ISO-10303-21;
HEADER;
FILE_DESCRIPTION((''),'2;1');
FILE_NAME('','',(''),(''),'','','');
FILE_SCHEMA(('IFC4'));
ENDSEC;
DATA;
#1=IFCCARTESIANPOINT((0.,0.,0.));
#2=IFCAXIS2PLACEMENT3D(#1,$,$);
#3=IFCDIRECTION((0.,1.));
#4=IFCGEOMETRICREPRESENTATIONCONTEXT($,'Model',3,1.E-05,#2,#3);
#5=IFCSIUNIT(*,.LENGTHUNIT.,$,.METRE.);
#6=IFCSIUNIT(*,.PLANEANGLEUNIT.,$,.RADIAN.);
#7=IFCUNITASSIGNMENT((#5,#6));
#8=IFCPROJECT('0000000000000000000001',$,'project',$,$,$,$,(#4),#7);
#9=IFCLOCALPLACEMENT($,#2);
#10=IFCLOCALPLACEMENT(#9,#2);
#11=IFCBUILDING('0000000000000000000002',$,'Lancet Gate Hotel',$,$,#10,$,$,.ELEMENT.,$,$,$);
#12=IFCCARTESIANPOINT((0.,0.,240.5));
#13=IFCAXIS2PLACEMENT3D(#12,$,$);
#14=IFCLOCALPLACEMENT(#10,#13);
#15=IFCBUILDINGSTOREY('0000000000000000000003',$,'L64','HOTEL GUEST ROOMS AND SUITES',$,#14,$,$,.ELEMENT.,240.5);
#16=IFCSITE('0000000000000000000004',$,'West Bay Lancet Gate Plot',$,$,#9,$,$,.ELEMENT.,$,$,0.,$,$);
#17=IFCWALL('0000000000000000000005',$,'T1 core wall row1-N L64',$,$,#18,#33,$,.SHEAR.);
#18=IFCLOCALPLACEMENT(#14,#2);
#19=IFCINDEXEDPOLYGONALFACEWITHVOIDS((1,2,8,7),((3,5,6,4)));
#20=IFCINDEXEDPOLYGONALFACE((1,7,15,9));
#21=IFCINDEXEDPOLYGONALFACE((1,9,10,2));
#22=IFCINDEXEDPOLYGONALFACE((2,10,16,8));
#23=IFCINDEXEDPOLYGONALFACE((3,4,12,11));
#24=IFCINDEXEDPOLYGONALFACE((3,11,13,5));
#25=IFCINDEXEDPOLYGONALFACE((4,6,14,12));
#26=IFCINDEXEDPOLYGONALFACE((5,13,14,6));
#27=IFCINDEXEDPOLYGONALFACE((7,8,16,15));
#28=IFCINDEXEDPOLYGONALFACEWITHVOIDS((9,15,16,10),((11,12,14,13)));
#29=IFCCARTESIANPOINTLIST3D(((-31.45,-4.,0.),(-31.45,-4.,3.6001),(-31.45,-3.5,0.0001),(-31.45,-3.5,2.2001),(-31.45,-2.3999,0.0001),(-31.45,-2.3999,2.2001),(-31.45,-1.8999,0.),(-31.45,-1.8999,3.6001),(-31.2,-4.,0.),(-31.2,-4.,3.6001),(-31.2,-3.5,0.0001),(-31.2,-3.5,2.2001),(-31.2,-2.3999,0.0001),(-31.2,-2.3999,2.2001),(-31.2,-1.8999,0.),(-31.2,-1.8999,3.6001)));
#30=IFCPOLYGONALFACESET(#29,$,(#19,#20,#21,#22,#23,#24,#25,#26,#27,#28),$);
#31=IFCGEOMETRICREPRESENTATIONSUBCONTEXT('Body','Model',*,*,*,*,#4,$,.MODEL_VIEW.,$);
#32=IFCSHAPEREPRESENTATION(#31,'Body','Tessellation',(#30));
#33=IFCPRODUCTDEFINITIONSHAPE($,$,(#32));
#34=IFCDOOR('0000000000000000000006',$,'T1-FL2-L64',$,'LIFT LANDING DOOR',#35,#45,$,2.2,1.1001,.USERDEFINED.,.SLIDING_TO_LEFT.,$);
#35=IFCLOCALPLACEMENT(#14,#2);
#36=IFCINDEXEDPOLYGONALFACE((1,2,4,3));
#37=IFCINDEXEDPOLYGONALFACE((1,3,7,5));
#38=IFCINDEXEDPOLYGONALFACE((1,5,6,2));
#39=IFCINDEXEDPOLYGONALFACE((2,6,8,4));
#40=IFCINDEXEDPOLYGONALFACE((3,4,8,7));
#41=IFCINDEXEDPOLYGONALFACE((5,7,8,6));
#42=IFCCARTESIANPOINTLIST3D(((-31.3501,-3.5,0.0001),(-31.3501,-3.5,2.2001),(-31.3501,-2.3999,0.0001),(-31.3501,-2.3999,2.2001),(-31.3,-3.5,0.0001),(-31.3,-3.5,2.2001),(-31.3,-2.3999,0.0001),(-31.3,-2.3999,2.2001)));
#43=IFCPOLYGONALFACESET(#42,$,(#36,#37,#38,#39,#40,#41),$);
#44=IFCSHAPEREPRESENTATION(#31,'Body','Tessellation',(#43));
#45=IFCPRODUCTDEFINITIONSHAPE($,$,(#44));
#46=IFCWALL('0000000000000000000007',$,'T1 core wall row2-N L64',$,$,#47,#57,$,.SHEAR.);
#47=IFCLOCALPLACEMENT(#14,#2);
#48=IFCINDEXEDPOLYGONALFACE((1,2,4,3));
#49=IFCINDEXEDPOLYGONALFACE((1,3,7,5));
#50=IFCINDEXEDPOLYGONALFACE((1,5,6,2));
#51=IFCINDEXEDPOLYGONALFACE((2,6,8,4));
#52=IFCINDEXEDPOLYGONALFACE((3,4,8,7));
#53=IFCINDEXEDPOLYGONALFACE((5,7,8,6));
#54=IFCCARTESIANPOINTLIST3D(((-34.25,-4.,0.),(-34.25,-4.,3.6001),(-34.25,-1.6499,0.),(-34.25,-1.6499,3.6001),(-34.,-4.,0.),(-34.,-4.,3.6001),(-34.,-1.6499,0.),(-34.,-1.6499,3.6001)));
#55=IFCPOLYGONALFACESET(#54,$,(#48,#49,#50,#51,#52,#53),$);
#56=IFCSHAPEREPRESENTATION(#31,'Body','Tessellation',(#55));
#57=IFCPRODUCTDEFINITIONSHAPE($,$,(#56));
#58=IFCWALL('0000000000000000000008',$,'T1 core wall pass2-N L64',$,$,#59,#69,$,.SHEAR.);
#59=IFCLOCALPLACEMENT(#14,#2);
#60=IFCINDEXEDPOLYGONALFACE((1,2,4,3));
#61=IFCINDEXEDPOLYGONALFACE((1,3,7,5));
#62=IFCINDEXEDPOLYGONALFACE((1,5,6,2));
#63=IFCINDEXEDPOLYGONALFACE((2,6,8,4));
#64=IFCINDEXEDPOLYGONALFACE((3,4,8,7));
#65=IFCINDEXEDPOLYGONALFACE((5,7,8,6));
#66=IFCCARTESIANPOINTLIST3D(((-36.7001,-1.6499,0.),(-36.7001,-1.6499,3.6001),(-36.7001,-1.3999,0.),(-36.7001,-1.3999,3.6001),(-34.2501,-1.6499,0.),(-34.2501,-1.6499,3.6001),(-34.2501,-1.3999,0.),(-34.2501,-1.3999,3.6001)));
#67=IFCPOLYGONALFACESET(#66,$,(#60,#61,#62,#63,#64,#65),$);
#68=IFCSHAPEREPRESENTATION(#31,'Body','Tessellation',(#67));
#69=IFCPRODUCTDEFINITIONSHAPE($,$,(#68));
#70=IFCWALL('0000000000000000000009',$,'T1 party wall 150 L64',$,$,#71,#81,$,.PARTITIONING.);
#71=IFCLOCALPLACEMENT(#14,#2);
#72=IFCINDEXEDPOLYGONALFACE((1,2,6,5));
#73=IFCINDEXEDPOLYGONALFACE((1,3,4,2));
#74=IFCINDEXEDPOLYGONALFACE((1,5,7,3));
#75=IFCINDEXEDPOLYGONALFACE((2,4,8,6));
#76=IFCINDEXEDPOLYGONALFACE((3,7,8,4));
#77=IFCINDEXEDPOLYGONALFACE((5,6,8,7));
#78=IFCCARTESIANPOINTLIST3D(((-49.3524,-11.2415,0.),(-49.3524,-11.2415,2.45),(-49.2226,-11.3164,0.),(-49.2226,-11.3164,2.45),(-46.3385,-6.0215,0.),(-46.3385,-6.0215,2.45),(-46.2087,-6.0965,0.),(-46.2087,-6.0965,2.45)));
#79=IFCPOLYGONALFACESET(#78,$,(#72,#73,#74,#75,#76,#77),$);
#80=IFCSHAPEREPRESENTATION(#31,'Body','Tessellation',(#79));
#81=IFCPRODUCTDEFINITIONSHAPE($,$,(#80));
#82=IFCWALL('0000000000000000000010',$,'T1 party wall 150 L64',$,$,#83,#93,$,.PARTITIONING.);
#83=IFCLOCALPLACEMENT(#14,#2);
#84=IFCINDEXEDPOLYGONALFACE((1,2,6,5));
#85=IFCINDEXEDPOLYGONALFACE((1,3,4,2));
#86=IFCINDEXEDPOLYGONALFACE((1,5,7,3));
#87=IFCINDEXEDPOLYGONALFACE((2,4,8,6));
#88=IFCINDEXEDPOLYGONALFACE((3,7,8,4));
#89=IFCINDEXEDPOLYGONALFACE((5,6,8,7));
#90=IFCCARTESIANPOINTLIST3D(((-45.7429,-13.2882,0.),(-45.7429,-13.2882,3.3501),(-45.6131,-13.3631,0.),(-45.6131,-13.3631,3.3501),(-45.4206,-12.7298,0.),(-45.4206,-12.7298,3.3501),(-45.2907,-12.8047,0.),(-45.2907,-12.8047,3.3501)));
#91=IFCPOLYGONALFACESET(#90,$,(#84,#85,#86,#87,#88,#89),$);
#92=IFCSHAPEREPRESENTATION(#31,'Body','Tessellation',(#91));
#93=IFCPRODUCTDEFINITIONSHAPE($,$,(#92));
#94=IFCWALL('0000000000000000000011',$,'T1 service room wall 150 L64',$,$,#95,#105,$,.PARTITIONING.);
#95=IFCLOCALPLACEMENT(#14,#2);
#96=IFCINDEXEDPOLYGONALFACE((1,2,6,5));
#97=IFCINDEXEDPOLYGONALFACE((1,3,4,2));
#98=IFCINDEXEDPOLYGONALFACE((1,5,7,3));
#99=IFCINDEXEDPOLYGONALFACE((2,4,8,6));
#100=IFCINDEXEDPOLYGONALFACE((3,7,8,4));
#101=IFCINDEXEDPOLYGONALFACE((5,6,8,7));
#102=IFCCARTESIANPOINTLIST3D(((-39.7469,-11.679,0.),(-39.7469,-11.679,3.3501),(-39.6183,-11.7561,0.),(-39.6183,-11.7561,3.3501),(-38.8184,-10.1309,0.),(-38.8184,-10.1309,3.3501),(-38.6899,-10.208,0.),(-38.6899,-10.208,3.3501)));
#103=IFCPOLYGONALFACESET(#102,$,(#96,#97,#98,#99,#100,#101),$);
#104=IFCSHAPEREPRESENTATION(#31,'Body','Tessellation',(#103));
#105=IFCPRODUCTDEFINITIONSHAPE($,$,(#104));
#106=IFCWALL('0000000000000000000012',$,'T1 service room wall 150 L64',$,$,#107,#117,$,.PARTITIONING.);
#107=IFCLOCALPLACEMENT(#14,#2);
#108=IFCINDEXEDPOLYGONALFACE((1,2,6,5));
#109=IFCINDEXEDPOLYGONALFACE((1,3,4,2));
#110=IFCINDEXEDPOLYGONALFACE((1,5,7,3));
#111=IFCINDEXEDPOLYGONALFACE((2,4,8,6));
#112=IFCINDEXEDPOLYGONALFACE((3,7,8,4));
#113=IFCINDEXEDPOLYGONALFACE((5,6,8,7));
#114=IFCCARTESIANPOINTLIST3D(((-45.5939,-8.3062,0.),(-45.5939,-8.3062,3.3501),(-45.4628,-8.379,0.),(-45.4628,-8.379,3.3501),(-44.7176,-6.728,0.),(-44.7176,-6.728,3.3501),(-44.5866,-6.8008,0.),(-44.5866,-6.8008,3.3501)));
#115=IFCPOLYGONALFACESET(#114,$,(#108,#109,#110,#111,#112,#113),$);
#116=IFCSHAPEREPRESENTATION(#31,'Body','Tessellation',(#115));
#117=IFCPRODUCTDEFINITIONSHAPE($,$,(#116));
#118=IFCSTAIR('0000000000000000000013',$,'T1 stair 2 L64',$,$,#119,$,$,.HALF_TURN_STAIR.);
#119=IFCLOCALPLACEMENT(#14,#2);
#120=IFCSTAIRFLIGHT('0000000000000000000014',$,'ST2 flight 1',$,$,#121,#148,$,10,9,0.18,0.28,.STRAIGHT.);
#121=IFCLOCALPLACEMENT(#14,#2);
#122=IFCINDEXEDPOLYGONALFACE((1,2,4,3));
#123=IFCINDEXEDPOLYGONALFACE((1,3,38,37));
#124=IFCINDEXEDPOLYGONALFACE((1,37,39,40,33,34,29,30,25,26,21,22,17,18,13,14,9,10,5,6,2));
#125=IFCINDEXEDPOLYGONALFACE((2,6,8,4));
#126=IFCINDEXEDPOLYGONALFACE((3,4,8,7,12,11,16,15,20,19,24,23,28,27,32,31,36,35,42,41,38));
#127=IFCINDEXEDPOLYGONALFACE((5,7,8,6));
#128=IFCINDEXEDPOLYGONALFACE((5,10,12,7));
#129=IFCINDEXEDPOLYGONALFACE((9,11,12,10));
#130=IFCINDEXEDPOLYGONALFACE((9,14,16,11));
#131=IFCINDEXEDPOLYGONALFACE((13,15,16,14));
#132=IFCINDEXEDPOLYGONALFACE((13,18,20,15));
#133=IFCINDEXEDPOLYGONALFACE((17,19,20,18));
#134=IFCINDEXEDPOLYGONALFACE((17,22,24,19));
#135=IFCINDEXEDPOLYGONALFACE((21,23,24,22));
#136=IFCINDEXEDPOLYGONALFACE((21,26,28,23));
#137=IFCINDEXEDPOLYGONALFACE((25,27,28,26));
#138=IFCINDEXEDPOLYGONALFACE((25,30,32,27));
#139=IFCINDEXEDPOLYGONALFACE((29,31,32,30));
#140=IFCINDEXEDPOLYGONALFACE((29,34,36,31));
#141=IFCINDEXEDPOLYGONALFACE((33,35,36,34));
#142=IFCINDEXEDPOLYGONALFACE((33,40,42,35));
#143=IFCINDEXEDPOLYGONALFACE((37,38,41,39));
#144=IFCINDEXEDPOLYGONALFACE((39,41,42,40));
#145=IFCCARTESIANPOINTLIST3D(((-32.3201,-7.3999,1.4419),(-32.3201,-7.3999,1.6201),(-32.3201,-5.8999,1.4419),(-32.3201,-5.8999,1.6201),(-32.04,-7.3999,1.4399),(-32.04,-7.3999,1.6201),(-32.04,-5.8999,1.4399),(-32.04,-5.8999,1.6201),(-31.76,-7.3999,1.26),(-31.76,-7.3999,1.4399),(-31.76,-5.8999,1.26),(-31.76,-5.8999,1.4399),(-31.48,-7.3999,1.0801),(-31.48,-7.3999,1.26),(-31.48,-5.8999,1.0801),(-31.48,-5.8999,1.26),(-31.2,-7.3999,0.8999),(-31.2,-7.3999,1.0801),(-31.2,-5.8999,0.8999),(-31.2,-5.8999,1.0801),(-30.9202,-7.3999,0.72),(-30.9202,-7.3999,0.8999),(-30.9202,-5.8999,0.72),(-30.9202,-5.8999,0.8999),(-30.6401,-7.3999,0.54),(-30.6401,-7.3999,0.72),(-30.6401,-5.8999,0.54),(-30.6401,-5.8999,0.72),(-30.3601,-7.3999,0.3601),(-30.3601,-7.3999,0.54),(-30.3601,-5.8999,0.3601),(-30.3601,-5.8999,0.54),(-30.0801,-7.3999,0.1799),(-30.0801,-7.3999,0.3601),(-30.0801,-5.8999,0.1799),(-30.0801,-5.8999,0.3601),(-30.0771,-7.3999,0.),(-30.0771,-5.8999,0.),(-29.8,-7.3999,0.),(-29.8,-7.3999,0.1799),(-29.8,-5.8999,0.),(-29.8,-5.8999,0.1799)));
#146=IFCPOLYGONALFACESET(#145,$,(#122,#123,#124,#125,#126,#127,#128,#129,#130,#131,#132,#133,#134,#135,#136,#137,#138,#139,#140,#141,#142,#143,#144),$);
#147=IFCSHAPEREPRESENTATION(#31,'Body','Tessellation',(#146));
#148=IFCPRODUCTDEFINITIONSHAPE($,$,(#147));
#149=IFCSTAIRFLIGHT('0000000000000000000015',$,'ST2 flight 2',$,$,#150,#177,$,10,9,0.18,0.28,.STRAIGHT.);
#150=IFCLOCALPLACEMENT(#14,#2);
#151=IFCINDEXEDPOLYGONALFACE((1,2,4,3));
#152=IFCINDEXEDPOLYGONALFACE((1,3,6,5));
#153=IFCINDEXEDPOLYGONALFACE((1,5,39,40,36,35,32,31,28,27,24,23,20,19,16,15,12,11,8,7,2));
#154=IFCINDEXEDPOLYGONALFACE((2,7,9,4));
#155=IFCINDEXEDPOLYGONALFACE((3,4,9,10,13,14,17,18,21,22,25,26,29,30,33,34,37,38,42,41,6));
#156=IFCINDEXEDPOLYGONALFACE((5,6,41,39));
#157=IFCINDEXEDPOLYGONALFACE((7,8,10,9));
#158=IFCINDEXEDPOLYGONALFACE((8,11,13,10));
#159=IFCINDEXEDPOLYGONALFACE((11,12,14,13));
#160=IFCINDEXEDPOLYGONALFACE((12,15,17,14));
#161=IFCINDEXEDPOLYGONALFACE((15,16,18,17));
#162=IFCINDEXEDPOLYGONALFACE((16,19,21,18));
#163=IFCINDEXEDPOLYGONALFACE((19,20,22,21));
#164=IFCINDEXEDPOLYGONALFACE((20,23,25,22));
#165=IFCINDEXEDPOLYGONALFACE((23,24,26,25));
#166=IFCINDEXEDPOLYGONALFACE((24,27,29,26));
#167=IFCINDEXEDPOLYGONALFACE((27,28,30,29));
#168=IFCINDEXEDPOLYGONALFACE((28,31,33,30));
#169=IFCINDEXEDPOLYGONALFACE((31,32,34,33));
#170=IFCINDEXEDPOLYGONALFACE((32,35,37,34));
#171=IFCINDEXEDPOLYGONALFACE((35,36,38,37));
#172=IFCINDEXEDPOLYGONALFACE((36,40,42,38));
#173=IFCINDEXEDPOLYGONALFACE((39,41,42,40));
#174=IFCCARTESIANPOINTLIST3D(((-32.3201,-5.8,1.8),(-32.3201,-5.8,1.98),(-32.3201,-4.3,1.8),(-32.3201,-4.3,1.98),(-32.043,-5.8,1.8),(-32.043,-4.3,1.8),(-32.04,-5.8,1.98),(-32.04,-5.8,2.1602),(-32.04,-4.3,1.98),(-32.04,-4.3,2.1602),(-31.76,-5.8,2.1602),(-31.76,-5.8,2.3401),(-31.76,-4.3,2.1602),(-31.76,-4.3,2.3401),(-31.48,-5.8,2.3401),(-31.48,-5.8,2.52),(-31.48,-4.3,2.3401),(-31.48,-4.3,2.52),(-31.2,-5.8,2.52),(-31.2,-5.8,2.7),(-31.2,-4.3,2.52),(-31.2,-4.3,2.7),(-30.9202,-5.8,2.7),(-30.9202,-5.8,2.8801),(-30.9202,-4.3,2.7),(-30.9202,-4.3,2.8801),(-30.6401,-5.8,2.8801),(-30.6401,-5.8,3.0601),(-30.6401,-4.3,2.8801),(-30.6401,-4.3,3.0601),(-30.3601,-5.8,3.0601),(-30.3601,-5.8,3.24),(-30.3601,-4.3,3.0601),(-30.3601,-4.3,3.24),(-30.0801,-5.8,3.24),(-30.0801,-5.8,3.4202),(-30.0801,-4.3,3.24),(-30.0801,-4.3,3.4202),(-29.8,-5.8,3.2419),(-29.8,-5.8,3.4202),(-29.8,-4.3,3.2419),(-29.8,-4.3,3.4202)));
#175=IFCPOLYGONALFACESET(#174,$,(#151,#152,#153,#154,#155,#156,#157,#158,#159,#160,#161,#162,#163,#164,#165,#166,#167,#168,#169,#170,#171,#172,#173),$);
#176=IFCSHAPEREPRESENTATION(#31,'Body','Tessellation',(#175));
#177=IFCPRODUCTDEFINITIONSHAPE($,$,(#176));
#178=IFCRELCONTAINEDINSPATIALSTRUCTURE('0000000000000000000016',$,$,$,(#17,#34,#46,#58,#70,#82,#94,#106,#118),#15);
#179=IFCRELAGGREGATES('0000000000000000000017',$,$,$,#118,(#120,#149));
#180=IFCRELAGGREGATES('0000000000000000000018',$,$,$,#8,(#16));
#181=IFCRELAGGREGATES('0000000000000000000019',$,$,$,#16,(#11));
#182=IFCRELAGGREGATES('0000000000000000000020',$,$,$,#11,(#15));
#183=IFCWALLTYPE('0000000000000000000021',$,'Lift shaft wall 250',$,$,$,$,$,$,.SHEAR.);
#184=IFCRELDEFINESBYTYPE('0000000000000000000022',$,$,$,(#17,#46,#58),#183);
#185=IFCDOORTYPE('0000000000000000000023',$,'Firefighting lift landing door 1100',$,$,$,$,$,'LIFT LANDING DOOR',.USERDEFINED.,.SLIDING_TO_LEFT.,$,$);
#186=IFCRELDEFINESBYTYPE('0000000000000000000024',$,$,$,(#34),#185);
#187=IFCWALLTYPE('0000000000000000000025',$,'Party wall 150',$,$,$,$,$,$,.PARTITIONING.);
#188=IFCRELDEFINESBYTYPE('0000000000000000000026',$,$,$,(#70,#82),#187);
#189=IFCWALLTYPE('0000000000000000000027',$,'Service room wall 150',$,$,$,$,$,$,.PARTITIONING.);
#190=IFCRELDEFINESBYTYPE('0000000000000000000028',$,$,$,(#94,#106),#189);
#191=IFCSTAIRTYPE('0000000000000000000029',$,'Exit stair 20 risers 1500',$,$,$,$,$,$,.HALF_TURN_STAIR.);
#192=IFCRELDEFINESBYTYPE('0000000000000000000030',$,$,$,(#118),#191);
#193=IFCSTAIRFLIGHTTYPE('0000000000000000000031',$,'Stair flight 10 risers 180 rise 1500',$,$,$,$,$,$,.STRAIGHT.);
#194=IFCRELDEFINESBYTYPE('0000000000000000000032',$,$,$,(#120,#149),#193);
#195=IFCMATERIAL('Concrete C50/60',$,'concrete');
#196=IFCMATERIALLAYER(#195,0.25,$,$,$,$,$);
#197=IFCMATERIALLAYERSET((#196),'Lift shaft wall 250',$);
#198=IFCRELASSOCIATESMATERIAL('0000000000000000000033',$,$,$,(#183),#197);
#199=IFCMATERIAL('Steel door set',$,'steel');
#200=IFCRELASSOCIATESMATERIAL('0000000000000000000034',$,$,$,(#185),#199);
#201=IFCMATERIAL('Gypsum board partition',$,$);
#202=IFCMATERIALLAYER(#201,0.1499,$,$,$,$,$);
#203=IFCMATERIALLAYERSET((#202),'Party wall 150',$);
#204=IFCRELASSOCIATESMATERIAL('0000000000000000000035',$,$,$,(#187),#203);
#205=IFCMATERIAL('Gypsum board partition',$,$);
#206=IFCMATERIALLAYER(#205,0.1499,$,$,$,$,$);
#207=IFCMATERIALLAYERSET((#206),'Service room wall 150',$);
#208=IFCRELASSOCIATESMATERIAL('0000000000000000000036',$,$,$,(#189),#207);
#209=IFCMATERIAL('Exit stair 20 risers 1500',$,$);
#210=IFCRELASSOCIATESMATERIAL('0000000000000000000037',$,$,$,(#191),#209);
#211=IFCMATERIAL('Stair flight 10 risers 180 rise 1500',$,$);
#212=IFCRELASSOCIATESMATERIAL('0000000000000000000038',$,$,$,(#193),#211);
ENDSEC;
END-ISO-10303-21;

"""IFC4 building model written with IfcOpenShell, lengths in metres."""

from ifc_helpers import new_model, si_unit, direction, frame, frame_2d, origin, place, context, subcontext, project, spatial, polyline, rectangle, outline, extrude, material, layer, layer_set, type_object, element, fill, aggregate, save


model = new_model("IFC4")

# Units and contexts
model_context = context("Model", 3, precision=1e-05, world=origin(), true_north=direction((0.0, 1.0)))
body_context = subcontext(model_context, "Body", "Model", "MODEL_VIEW")
ifc_project = project(units=[si_unit("LENGTHUNIT", "METRE"), si_unit("PLANEANGLEUNIT", "RADIAN")], contexts=[model_context])

# Site, building, storey
site_placement = place(None, origin())
site = spatial("IfcSite", under=ifc_project, at=site_placement, Name="West Bay Lancet Gate Plot", CompositionType="ELEMENT", RefElevation=0.0)
building_placement = place(site_placement, origin())
building = spatial("IfcBuilding", under=site, at=building_placement, Name="Lancet Gate Hotel", CompositionType="ELEMENT")
storey_placement = place(building_placement, frame((0.0, 0.0, 240.5)))
storey = spatial("IfcBuildingStorey", under=building, at=storey_placement, Name="L64", Description="HOTEL GUEST ROOMS AND SUITES", CompositionType="ELEMENT", Elevation=240.5)

# Wall, opening, door
ifc_material_1 = material(Name="Concrete C50/60", Category="concrete")
ifc_layer_1 = layer(ifc_material_1, 0.25)
ifc_layer_set_1 = layer_set([ifc_layer_1], Name="Lift shaft wall 250")
wall_type_1 = type_object("IfcWallType", Name="Lift shaft wall 250", PredefinedType="SHEAR", material=ifc_layer_set_1)
wall_1_placement = place(storey_placement, frame((-31.325, -1.8999, 0.0), z_axis=(0.0, 0.0, 1.0), x_axis=(0.0, -1.0, 0.0)))
wall_1 = element("IfcWall", 1, at=wall_1_placement, inside=storey, type_object=wall_type_1, Name="T1 core wall row1-N L64", PredefinedType="SHEAR", context=body_context, shape_type="SweptSolid", body=[
    extrude(rectangle(XDim=2.1001, YDim=0.25, at=frame_2d((1.05, 0.0))), origin(), (0.0, 0.0, 1.0), 3.6001),
])
opening_1_placement = place(wall_1_placement, frame((0.5, 0.0, 0.0)))
opening_1 = element("IfcOpeningElement", 2, at=opening_1_placement, cuts=wall_1, PredefinedType="OPENING", context=body_context, shape_type="SweptSolid", body=[
    extrude(rectangle(XDim=1.1001, YDim=2.2, at=frame_2d((0.55, 1.1001))), frame((0.0, 0.135, 0.0), z_axis=(0.0, -1.0, 0.0), x_axis=(1.0, 0.0, 0.0)), (0.0, 0.0, 1.0), 0.27),
])
ifc_material_2 = material(Name="Steel door set", Category="steel")
door_type_1 = type_object("IfcDoorType", Name="Firefighting lift landing door 1100", ElementType="LIFT LANDING DOOR", OperationType="SLIDING_TO_LEFT", PredefinedType="USERDEFINED", material=ifc_material_2)
door_1_placement = place(opening_1_placement, origin())
door_1 = element("IfcDoor", 3, at=door_1_placement, inside=storey, type_object=door_type_1, Name="T1-FL2-L64", ObjectType="LIFT LANDING DOOR", OperationType="SLIDING_TO_LEFT", OverallHeight=2.2, OverallWidth=1.1001, PredefinedType="USERDEFINED", context=body_context, shape_type="SweptSolid", body=[
    extrude(rectangle(XDim=1.1001, YDim=2.2, at=frame_2d((0.55, 1.1001))), frame((0.0, 0.0249, 0.0), z_axis=(0.0, -1.0, 0.0), x_axis=(1.0, 0.0, 0.0)), (0.0, 0.0, 1.0), 0.05),
])
fill(opening_1, door_1)

# Walls
wall_2_placement = place(storey_placement, frame((-34.125, -1.6499, 0.0), z_axis=(0.0, 0.0, 1.0), x_axis=(0.0, -1.0, 0.0)))
element("IfcWall", 4, at=wall_2_placement, inside=storey, type_object=wall_type_1, Name="T1 core wall row2-N L64", PredefinedType="SHEAR", context=body_context, shape_type="SweptSolid", body=[
    extrude(rectangle(XDim=2.3501, YDim=0.25, at=frame_2d((1.175, 0.0))), origin(), (0.0, 0.0, 1.0), 3.6001),
])
wall_3_placement = place(storey_placement, frame((-34.25, -1.5249, 0.0), z_axis=(0.0, 0.0, 1.0), x_axis=(-1.0, 0.0, 0.0)))
element("IfcWall", 5, at=wall_3_placement, inside=storey, type_object=wall_type_1, Name="T1 core wall pass2-N L64", PredefinedType="SHEAR", context=body_context, shape_type="SweptSolid", body=[
    extrude(rectangle(XDim=2.45, YDim=0.25, at=frame_2d((1.2251, 0.0))), origin(), (0.0, 0.0, 1.0), 3.6001),
])
ifc_material_3 = material(Name="Gypsum board partition")
ifc_layer_2 = layer(ifc_material_3, 0.1499)
ifc_layer_set_2 = layer_set([ifc_layer_2], Name="Party wall 150")
wall_type_2 = type_object("IfcWallType", Name="Party wall 150", PredefinedType="PARTITIONING", material=ifc_layer_set_2)
wall_4_placement = place(storey_placement, frame((-46.2737, -6.0591, 0.0), z_axis=(0.0, 0.0, 1.0), x_axis=(-0.50002, -0.866014, 0.0)))
element("IfcWall", 6, at=wall_4_placement, inside=storey, type_object=wall_type_2, Name="T1 party wall 150 L64", PredefinedType="PARTITIONING", context=body_context, shape_type="SweptSolid", body=[
    extrude(rectangle(XDim=6.0276, YDim=0.1499, at=frame_2d((3.0137, 0.0))), origin(), (0.0, 0.0, 1.0), 2.45),
])
wall_5_placement = place(storey_placement, frame((-45.3557, -12.7673, 0.0), z_axis=(0.0, 0.0, 1.0), x_axis=(-0.499886, -0.866091, 0.0)))
element("IfcWall", 7, at=wall_5_placement, inside=storey, type_object=wall_type_2, Name="T1 party wall 150 L64", PredefinedType="PARTITIONING", context=body_context, shape_type="SweptSolid", body=[
    extrude(rectangle(XDim=0.6448, YDim=0.1499, at=frame_2d((0.3223, 0.0))), origin(), (0.0, 0.0, 1.0), 3.3501),
])
ifc_material_4 = material(Name="Gypsum board partition")
ifc_layer_3 = layer(ifc_material_4, 0.1499)
ifc_layer_set_3 = layer_set([ifc_layer_3], Name="Service room wall 150")
wall_type_3 = type_object("IfcWallType", Name="Service room wall 150", PredefinedType="PARTITIONING", material=ifc_layer_set_3)
for number, where, z_axis, x_axis, name in (
    (8, (-39.6826, -11.7175, 0.0), (0.0, 0.0, 1.0), (0.514337, 0.857588, 0.0), "T1 service room wall 150 L64"),
    (9, (-44.6521, -6.7644, 0.0), (0.0, 0.0, 1.0), (-0.485425, -0.874278, 0.0), "T1 service room wall 150 L64"),
):
    element("IfcWall", number, at=place(storey_placement, frame(where, z_axis=z_axis, x_axis=x_axis)), inside=storey, type_object=wall_type_3, Name=name, PredefinedType="PARTITIONING", context=body_context, shape_type="SweptSolid", body=[
        extrude(rectangle(XDim=1.8052, YDim=0.1499, at=frame_2d((0.9026, 0.0))), origin(), (0.0, 0.0, 1.0), 3.3501),
    ])

# Stair, stair flights
ifc_material_5 = material(Name="Exit stair 20 risers 1500")
stair_type = type_object("IfcStairType", Name="Exit stair 20 risers 1500", PredefinedType="HALF_TURN_STAIR", material=ifc_material_5)
stair_placement = place(storey_placement, origin())
stair = element("IfcStair", 10, at=stair_placement, inside=storey, type_object=stair_type, Name="T1 stair 2 L64", PredefinedType="HALF_TURN_STAIR")
ifc_material_6 = material(Name="Stair flight 10 risers 180 rise 1500")
stair_flight_type = type_object("IfcStairFlightType", Name="Stair flight 10 risers 180 rise 1500", PredefinedType="STRAIGHT", material=ifc_material_6)
stair_flight_1_placement = place(storey_placement, frame((-29.8, -6.6499, 0.0), z_axis=(0.0, 0.0, 1.0), x_axis=(-1.0, 0.0, 0.0)))
stair_flight_1 = element("IfcStairFlight", 11, at=stair_flight_1_placement, type_object=stair_flight_type, Name="ST2 flight 1", NumberOfRisers=10, NumberOfTreads=9, PredefinedType="STRAIGHT", RiserHeight=0.18, TreadLength=0.28, context=body_context, shape_type="SweptSolid", body=[
    extrude(outline(polyline([(0.0, 0.0), (0.0, 0.1799), (0.28, 0.1799), (0.28, 0.3601), (0.5601, 0.3601), (0.5601, 0.54), (0.8401, 0.54), (0.8401, 0.72), (1.1201, 0.72), (1.1201, 0.8999), (1.3999, 0.8999), (1.3999, 1.0801), (1.6799, 1.0801), (1.6799, 1.26), (1.96, 1.26), (1.96, 1.4399), (2.24, 1.4399), (2.24, 1.6201), (2.52, 1.6201), (2.52, 1.8), (2.52, 1.4419), (0.2771, 0.0), (0.0, 0.0)])), frame((0.0, 0.75, 0.0), z_axis=(0.0, -1.0, 0.0), x_axis=(1.0, 0.0, 0.0)), (0.0, 0.0, 1.0), 1.5),
])
stair_flight_2_placement = place(storey_placement, frame((-32.3201, -5.05, 1.8), z_axis=(0.0, 0.0, 1.0), x_axis=(1.0, 0.0, 0.0)))
stair_flight_2 = element("IfcStairFlight", 12, at=stair_flight_2_placement, type_object=stair_flight_type, Name="ST2 flight 2", NumberOfRisers=10, NumberOfTreads=9, PredefinedType="STRAIGHT", RiserHeight=0.18, TreadLength=0.28, context=body_context, shape_type="SweptSolid", body=[
    extrude(outline(polyline([(0.0, 0.0), (0.0, 0.1799), (0.28, 0.1799), (0.28, 0.3601), (0.5601, 0.3601), (0.5601, 0.54), (0.8401, 0.54), (0.8401, 0.72), (1.1201, 0.72), (1.1201, 0.8999), (1.3999, 0.8999), (1.3999, 1.0801), (1.6799, 1.0801), (1.6799, 1.26), (1.96, 1.26), (1.96, 1.4399), (2.24, 1.4399), (2.24, 1.6201), (2.52, 1.6201), (2.52, 1.8), (2.52, 1.4419), (0.2771, 0.0), (0.0, 0.0)])), frame((0.0, 0.75, 0.0), z_axis=(0.0, -1.0, 0.0), x_axis=(1.0, 0.0, 0.0)), (0.0, 0.0, 1.0), 1.5),
])
aggregate(stair, [stair_flight_1, stair_flight_2])

save(model, "model.ifc")
